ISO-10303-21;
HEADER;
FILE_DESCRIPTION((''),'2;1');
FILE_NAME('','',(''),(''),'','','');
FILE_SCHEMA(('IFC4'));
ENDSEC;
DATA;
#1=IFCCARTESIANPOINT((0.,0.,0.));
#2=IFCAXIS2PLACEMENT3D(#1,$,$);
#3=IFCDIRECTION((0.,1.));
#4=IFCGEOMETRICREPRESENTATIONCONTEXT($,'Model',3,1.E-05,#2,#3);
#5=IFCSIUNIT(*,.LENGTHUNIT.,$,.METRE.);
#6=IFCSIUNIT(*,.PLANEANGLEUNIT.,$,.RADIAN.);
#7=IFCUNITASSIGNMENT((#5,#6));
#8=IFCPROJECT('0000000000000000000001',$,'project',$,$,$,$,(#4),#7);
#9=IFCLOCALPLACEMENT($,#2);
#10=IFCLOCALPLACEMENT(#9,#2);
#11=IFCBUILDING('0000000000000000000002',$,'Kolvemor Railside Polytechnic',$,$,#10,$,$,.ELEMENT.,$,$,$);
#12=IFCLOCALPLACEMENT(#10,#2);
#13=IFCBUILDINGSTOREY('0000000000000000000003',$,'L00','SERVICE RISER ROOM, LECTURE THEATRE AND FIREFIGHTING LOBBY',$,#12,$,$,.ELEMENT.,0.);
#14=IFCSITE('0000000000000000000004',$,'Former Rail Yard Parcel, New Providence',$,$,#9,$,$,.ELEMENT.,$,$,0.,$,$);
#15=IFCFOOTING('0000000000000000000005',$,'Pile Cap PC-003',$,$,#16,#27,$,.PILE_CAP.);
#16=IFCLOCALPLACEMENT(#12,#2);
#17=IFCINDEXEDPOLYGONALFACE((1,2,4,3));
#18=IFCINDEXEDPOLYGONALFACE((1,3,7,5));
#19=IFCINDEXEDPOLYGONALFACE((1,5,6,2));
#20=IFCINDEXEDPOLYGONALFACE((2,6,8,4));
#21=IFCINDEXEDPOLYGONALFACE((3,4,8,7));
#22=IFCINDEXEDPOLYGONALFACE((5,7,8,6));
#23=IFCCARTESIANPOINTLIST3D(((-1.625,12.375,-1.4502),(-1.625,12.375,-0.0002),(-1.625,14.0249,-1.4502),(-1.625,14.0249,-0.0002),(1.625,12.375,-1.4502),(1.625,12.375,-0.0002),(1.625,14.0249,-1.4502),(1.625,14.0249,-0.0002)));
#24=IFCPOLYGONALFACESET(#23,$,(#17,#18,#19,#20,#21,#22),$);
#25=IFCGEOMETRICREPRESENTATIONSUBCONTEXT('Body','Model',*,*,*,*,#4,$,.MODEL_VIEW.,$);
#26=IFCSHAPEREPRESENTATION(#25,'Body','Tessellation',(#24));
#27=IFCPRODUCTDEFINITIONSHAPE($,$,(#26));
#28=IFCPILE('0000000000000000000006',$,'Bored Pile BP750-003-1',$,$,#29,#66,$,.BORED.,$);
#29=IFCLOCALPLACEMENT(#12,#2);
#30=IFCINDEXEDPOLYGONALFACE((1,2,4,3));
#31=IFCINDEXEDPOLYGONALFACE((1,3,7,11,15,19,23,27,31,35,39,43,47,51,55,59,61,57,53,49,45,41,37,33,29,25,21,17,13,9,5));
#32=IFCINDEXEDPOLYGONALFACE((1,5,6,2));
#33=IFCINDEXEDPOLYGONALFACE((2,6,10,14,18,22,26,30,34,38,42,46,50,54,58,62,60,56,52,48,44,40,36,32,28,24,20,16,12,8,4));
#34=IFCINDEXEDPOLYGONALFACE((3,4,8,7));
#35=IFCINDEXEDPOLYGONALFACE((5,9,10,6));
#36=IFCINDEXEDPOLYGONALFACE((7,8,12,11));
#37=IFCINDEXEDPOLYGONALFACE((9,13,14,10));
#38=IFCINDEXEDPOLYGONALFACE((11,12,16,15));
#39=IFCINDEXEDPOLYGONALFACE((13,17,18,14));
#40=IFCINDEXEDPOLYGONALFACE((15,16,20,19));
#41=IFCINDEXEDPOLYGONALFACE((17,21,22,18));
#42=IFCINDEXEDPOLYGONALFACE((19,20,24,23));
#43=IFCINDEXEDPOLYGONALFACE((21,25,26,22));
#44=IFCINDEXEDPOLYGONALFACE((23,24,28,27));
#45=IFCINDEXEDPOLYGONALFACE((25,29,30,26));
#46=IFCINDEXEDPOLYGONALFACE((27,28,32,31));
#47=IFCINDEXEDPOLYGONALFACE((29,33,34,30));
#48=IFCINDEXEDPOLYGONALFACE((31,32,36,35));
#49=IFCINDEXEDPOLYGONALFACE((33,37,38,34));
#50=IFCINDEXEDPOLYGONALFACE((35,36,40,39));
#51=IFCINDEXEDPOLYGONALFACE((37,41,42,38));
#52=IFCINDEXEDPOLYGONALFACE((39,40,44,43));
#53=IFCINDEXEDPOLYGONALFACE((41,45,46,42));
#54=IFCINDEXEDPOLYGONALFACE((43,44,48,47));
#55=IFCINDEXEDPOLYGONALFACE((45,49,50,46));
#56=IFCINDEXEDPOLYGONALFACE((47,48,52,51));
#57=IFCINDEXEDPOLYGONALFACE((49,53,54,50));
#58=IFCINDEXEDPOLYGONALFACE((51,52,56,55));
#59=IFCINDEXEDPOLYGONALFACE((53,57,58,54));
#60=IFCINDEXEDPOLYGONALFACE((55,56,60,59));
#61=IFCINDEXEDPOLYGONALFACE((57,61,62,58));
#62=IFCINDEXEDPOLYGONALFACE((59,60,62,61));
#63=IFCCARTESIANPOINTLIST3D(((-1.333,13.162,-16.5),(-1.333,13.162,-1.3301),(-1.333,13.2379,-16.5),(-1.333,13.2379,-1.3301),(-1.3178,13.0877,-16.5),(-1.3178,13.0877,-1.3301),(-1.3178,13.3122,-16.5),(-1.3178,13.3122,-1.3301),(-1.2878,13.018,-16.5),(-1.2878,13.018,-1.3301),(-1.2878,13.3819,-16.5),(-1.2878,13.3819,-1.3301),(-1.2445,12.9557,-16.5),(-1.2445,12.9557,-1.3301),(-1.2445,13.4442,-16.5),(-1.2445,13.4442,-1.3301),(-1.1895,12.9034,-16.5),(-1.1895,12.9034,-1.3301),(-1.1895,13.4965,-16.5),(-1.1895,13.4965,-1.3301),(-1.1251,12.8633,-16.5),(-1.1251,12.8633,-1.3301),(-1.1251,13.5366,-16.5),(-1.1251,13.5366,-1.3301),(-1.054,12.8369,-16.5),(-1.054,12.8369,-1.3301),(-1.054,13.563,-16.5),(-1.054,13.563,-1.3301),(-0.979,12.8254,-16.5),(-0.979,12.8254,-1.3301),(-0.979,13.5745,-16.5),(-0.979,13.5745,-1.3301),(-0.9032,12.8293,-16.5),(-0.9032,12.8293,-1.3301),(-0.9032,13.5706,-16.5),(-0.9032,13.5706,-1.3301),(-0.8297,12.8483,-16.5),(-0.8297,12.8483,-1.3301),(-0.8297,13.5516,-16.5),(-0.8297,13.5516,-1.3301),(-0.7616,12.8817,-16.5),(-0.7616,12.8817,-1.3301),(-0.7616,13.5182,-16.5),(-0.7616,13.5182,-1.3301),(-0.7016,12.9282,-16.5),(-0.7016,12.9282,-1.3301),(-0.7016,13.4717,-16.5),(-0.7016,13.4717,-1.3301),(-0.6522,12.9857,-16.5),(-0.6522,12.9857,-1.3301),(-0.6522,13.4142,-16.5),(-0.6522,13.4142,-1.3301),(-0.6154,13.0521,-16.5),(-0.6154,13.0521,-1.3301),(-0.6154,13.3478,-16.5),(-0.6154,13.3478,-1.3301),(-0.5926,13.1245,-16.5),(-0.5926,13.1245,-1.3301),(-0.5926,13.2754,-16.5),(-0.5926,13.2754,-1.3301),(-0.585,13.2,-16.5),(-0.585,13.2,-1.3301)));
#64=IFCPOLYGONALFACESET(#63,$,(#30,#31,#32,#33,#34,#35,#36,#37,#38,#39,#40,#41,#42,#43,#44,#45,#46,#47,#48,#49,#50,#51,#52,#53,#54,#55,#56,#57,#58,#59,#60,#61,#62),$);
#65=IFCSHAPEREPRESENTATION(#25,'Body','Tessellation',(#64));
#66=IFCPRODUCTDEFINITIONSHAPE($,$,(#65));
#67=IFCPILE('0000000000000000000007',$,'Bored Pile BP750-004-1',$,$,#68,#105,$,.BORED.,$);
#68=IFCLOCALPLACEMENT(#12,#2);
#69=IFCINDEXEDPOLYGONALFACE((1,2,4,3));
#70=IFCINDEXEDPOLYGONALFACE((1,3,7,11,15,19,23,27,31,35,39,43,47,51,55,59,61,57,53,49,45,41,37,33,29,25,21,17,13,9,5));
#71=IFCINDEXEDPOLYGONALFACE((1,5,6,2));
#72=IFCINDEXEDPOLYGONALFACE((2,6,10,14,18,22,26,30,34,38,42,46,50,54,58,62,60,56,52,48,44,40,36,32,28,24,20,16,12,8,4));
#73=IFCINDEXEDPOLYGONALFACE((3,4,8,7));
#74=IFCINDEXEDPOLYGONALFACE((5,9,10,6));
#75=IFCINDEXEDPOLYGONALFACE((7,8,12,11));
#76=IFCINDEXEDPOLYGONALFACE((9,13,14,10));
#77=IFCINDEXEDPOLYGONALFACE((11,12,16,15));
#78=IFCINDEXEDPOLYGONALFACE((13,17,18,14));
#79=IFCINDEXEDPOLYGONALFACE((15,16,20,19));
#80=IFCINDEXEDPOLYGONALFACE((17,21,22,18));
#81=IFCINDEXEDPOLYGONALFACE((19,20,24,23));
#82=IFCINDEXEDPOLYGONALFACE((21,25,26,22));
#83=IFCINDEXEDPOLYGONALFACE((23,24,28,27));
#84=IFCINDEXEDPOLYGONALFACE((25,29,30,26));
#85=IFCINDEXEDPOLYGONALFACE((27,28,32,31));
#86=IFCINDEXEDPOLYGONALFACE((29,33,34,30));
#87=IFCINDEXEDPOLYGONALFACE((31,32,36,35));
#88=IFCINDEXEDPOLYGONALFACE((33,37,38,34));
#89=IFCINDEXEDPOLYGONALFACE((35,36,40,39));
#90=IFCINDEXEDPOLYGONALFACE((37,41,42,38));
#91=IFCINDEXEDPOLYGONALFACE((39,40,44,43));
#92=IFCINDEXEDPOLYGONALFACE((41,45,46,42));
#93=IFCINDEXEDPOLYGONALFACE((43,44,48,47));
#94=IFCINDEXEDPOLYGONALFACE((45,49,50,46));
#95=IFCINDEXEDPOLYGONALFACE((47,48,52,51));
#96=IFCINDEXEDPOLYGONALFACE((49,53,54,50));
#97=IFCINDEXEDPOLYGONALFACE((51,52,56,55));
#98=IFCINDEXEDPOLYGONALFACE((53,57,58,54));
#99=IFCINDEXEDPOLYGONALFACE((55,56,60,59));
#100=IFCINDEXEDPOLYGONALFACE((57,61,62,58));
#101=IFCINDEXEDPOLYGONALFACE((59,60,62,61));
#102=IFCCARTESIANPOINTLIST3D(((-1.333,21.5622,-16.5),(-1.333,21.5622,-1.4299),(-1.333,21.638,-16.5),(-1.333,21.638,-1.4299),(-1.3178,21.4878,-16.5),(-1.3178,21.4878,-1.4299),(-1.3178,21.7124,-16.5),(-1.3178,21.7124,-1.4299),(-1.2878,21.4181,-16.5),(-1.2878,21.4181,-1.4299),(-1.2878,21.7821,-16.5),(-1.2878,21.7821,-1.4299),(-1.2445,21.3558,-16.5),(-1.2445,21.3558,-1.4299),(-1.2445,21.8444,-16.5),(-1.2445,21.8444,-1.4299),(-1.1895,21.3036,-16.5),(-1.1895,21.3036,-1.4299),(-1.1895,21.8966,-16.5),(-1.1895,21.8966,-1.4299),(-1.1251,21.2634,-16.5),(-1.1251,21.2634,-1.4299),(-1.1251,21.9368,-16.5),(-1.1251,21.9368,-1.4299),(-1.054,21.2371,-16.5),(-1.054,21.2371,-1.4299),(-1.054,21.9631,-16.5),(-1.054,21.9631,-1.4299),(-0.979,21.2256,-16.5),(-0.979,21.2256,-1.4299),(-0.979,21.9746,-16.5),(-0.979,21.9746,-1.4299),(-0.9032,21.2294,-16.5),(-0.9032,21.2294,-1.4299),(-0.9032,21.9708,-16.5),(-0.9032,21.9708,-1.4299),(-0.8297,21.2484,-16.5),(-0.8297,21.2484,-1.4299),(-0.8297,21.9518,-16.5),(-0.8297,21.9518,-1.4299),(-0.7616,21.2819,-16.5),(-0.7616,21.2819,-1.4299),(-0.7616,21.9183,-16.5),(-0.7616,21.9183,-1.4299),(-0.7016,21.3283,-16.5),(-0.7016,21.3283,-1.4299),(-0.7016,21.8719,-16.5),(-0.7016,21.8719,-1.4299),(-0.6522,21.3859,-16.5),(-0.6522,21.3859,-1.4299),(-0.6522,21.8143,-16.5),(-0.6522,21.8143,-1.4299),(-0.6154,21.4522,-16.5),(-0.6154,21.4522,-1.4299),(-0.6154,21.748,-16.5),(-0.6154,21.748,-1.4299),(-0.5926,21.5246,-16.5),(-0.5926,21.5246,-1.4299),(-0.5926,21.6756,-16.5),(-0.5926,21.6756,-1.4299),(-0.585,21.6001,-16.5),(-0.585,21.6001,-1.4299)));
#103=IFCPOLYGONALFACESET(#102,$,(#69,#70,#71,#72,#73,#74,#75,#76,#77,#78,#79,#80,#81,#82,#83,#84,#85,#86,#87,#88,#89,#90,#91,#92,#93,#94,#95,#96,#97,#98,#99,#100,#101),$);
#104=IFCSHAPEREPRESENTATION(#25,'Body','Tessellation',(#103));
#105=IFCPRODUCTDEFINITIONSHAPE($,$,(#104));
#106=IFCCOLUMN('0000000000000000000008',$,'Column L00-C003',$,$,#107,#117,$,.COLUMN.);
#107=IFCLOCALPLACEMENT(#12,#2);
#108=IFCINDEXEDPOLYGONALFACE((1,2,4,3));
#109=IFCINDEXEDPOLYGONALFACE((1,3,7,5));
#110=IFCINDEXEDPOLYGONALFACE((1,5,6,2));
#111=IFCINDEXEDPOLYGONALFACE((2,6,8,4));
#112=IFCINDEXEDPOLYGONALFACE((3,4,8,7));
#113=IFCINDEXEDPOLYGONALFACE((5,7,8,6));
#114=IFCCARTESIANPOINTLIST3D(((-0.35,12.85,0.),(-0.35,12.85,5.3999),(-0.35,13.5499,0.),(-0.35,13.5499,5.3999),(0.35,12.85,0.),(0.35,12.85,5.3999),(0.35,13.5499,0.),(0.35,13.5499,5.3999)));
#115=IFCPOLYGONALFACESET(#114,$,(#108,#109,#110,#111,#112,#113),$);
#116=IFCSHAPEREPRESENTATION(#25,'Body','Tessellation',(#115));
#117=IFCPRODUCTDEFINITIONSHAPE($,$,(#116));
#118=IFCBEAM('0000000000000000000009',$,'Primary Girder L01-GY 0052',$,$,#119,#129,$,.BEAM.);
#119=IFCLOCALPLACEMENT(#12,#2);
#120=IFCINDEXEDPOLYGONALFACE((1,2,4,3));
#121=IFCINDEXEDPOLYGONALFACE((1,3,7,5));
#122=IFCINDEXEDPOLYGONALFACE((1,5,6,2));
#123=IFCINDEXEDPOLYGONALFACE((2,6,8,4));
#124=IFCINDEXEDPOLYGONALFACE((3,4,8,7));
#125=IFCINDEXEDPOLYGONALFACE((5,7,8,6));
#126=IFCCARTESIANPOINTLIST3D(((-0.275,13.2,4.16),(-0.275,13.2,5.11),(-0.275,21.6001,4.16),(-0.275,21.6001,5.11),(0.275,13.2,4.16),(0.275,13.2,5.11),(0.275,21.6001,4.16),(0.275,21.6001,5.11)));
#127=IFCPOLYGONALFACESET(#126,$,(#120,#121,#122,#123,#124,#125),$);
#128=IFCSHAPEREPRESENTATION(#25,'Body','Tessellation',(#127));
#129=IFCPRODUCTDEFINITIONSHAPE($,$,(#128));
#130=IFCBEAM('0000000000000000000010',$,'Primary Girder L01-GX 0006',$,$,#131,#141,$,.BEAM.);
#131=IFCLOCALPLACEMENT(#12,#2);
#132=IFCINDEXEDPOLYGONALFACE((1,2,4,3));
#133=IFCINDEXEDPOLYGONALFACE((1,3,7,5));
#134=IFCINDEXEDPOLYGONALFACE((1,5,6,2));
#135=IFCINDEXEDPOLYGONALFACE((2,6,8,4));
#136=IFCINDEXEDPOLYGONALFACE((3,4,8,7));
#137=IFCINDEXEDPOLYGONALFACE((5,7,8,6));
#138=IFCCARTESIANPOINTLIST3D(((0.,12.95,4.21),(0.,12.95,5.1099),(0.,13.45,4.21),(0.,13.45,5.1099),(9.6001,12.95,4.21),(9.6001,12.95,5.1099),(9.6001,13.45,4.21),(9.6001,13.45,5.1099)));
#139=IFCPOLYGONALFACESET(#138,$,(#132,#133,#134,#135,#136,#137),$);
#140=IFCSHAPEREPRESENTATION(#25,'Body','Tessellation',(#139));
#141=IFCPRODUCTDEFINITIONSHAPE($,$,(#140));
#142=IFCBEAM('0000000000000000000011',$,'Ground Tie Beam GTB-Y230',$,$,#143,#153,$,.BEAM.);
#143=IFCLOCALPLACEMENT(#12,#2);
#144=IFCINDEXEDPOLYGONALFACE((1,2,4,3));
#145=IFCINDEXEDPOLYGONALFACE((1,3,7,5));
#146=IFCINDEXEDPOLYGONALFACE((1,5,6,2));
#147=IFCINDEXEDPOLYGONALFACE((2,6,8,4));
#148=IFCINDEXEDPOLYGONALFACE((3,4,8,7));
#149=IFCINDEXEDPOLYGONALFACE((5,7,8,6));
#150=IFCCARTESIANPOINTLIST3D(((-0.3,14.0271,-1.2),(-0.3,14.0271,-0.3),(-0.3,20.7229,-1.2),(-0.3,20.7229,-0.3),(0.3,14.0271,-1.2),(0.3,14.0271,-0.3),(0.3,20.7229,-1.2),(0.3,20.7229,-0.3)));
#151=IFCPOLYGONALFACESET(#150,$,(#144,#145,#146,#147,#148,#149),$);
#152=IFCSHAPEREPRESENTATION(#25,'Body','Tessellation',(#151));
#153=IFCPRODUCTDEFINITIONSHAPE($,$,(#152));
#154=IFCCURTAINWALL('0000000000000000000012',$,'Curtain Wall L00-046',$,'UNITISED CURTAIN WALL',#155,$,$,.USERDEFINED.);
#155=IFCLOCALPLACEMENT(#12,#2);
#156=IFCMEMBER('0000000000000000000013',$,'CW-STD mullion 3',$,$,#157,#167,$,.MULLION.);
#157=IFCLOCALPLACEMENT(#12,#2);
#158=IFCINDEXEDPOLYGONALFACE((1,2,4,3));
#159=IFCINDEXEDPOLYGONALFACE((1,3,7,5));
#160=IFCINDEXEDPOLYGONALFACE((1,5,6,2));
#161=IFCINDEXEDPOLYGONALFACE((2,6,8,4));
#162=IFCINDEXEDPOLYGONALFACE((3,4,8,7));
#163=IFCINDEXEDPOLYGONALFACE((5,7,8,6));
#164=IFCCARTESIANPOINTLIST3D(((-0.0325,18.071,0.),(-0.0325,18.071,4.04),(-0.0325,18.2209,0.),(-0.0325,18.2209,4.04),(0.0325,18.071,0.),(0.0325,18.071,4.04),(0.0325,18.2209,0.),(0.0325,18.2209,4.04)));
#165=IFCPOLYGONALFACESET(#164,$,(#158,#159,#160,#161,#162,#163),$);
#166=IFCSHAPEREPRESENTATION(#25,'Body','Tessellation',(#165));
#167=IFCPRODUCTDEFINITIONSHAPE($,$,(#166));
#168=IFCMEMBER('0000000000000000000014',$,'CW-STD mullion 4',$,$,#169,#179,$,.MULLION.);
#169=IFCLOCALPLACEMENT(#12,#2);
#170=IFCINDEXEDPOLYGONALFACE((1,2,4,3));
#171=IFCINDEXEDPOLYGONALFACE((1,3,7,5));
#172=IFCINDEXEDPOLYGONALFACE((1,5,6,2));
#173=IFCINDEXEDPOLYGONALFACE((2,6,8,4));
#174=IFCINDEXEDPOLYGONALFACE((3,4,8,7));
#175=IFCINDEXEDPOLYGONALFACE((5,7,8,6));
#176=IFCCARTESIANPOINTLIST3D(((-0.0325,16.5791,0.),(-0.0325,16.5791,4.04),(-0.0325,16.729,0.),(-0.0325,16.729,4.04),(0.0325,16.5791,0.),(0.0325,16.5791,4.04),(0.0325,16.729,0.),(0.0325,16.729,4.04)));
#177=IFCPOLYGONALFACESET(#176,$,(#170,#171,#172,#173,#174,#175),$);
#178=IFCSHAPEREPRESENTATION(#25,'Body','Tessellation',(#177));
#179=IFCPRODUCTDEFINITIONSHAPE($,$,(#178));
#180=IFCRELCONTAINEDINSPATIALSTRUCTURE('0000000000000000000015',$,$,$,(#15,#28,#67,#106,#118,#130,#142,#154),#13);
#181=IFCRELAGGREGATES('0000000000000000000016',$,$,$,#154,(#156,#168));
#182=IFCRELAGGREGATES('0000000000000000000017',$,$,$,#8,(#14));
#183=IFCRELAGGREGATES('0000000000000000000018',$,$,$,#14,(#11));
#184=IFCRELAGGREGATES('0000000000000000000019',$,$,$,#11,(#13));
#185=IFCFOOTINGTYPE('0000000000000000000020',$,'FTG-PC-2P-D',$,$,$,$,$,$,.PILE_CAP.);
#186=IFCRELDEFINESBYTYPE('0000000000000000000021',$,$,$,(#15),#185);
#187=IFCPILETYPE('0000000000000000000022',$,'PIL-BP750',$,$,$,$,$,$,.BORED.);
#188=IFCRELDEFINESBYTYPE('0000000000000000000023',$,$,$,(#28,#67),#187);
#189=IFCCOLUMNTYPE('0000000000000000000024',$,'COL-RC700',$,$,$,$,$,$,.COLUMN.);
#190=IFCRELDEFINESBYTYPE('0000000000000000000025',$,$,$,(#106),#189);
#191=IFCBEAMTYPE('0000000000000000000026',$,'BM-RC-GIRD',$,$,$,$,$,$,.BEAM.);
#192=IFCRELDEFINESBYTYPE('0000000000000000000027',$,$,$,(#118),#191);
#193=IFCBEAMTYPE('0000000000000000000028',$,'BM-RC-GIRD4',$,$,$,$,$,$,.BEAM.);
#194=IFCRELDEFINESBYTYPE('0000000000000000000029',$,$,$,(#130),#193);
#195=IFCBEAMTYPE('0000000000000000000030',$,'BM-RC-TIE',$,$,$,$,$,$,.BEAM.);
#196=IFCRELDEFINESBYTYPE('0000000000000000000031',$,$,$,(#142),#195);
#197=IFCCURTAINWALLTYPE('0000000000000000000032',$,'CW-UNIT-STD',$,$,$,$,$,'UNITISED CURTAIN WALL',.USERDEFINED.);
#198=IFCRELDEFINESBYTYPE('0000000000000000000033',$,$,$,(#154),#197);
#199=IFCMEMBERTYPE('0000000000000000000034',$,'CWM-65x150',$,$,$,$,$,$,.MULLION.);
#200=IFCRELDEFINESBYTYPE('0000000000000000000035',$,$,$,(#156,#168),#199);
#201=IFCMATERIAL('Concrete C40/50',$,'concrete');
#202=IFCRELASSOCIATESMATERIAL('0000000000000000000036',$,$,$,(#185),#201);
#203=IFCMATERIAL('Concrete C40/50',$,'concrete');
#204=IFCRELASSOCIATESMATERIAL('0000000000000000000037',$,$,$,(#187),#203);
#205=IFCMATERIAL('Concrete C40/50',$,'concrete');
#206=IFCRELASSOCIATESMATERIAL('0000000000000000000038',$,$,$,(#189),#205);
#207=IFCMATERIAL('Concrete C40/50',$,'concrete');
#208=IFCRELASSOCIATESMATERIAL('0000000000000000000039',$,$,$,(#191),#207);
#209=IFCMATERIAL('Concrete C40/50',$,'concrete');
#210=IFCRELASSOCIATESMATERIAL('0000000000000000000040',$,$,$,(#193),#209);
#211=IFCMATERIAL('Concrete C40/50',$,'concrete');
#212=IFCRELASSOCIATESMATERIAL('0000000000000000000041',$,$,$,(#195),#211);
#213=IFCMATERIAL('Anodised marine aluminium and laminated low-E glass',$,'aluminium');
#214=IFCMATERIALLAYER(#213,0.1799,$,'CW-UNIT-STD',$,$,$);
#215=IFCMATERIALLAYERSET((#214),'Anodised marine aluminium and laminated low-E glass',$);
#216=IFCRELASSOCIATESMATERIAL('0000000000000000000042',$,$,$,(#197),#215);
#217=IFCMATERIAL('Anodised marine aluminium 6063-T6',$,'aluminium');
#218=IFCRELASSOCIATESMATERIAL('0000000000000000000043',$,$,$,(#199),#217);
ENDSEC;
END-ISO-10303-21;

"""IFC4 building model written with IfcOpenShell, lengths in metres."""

from ifc_helpers import new_model, si_unit, direction, frame, origin, origin_2d, place, context, subcontext, project, spatial, rectangle, circle, extrude, material, layer, layer_set, material_profile, profile_set, type_object, element, aggregate, save


model = new_model("IFC4")

# Units and contexts
model_context = context("Model", 3, precision=1e-05, world=origin(), true_north=direction((0.0, 1.0)))
body_context = subcontext(model_context, "Body", "Model", "MODEL_VIEW")
ifc_project = project(units=[si_unit("LENGTHUNIT", "METRE"), si_unit("PLANEANGLEUNIT", "RADIAN")], contexts=[model_context])

# Site, building, storey
site_placement = place(None, origin())
site = spatial("IfcSite", under=ifc_project, at=site_placement, Name="Former Rail Yard Parcel, New Providence", CompositionType="ELEMENT", RefElevation=0.0)
building_placement = place(site_placement, origin())
building = spatial("IfcBuilding", under=site, at=building_placement, Name="Kolvemor Railside Polytechnic", CompositionType="ELEMENT")
storey_placement = place(building_placement, origin())
storey = spatial("IfcBuildingStorey", under=building, at=storey_placement, Name="L00", Description="SERVICE RISER ROOM, LECTURE THEATRE AND FIREFIGHTING LOBBY", CompositionType="ELEMENT", Elevation=0.0)

# Footing
ifc_material_1 = material(Name="Concrete C40/50", Category="concrete")
footing_type = type_object("IfcFootingType", Name="FTG-PC-2P-D", PredefinedType="PILE_CAP", material=ifc_material_1)
footing_placement = place(storey_placement, frame((0.0, 13.2, -1.4502), z_axis=(0.0, 0.0, 1.0), x_axis=(1.0, 0.0, 0.0)))
element("IfcFooting", 1, at=footing_placement, inside=storey, type_object=footing_type, Name="Pile Cap PC-003", PredefinedType="PILE_CAP", context=body_context, shape_type="SweptSolid", body=[
    extrude(rectangle(XDim=3.25, YDim=1.6499, at=origin_2d()), origin(), (0.0, 0.0, 1.0), 1.45),
])

# Piles
ifc_material_2 = material(Name="Concrete C40/50", Category="concrete")
ifc_material_profile_1 = material_profile(ifc_material_2, circle(Radius=0.375, at=origin_2d()), Name="BP750")
ifc_profile_set_1 = profile_set([ifc_material_profile_1], Name="Concrete C40/50")
pile_type = type_object("IfcPileType", Name="PIL-BP750", PredefinedType="BORED", material=ifc_profile_set_1)
pile_1_placement = place(storey_placement, frame((-0.96, 13.2, -1.3301), z_axis=(0.0, 0.0, -1.0), x_axis=(1.0, 0.0, 0.0)))
element("IfcPile", 2, at=pile_1_placement, inside=storey, type_object=pile_type, Name="Bored Pile BP750-003-1", PredefinedType="BORED", context=body_context, shape_type="SweptSolid", body=[
    extrude(circle(Radius=0.375, at=origin_2d()), origin(), (0.0, 0.0, 1.0), 15.1699),
])
pile_2_placement = place(storey_placement, frame((-0.96, 21.6001, -1.4299), z_axis=(0.0, 0.0, -1.0), x_axis=(1.0, 0.0, 0.0)))
element("IfcPile", 3, at=pile_2_placement, inside=storey, type_object=pile_type, Name="Bored Pile BP750-004-1", PredefinedType="BORED", context=body_context, shape_type="SweptSolid", body=[
    extrude(circle(Radius=0.375, at=origin_2d()), origin(), (0.0, 0.0, 1.0), 15.0701),
])

# Column
ifc_material_3 = material(Name="Concrete C40/50", Category="concrete")
ifc_material_profile_2 = material_profile(ifc_material_3, rectangle(XDim=0.7, YDim=0.7, at=origin_2d()), Name="RC700x700")
ifc_profile_set_2 = profile_set([ifc_material_profile_2], Name="Concrete C40/50")
column_type = type_object("IfcColumnType", Name="COL-RC700", PredefinedType="COLUMN", material=ifc_profile_set_2)
column_placement = place(storey_placement, frame((0.0, 13.2, 0.0), z_axis=(0.0, 0.0, 1.0), x_axis=(1.0, 0.0, 0.0)))
element("IfcColumn", 4, at=column_placement, inside=storey, type_object=column_type, Name="Column L00-C003", PredefinedType="COLUMN", context=body_context, shape_type="SweptSolid", body=[
    extrude(rectangle(XDim=0.7, YDim=0.7, at=origin_2d()), origin(), (0.0, 0.0, 1.0), 5.3999),
])

# Beams
ifc_material_4 = material(Name="Concrete C40/50", Category="concrete")
ifc_material_profile_3 = material_profile(ifc_material_4, rectangle(XDim=0.55, YDim=0.95, at=origin_2d()), Name="RC550x950")
ifc_profile_set_3 = profile_set([ifc_material_profile_3], Name="Concrete C40/50")
beam_type_1 = type_object("IfcBeamType", Name="BM-RC-GIRD", PredefinedType="BEAM", material=ifc_profile_set_3)
beam_1_placement = place(storey_placement, frame((0.0, 13.2, 4.635), z_axis=(0.0, 1.0, 0.0), x_axis=(-1.0, 0.0, 0.0)))
element("IfcBeam", 5, at=beam_1_placement, inside=storey, type_object=beam_type_1, Name="Primary Girder L01-GY 0052", PredefinedType="BEAM", context=body_context, shape_type="SweptSolid", body=[
    extrude(rectangle(XDim=0.55, YDim=0.95, at=origin_2d()), origin(), (0.0, 0.0, 1.0), 8.4001),
])
ifc_material_5 = material(Name="Concrete C40/50", Category="concrete")
ifc_material_profile_4 = material_profile(ifc_material_5, rectangle(XDim=0.5, YDim=0.8999, at=origin_2d()), Name="RC500x900")
ifc_profile_set_4 = profile_set([ifc_material_profile_4], Name="Concrete C40/50")
beam_type_2 = type_object("IfcBeamType", Name="BM-RC-GIRD4", PredefinedType="BEAM", material=ifc_profile_set_4)
beam_2_placement = place(storey_placement, frame((0.0, 13.2, 4.6599), z_axis=(1.0, 0.0, 0.0), x_axis=(0.0, 1.0, 0.0)))
element("IfcBeam", 6, at=beam_2_placement, inside=storey, type_object=beam_type_2, Name="Primary Girder L01-GX 0006", PredefinedType="BEAM", context=body_context, shape_type="SweptSolid", body=[
    extrude(rectangle(XDim=0.5, YDim=0.8999, at=origin_2d()), origin(), (0.0, 0.0, 1.0), 9.6001),
])
ifc_material_6 = material(Name="Concrete C40/50", Category="concrete")
ifc_material_profile_5 = material_profile(ifc_material_6, rectangle(XDim=0.6001, YDim=0.8999, at=origin_2d()), Name="RC600x900")
ifc_profile_set_5 = profile_set([ifc_material_profile_5], Name="Concrete C40/50")
beam_type_3 = type_object("IfcBeamType", Name="BM-RC-TIE", PredefinedType="BEAM", material=ifc_profile_set_5)
beam_3_placement = place(storey_placement, frame((0.0, 14.0271, -0.75), z_axis=(0.0, 1.0, 0.0), x_axis=(-1.0, 0.0, 0.0)))
element("IfcBeam", 7, at=beam_3_placement, inside=storey, type_object=beam_type_3, Name="Ground Tie Beam GTB-Y230", PredefinedType="BEAM", context=body_context, shape_type="SweptSolid", body=[
    extrude(rectangle(XDim=0.6001, YDim=0.8999, at=origin_2d()), origin(), (0.0, 0.0, 1.0), 6.6958),
])

# Curtain wall, members
ifc_material_7 = material(Name="Anodised marine aluminium and laminated low-E glass", Category="aluminium")
ifc_layer_1 = layer(ifc_material_7, 0.1799, Name="CW-UNIT-STD")
ifc_layer_set_1 = layer_set([ifc_layer_1], Name="Anodised marine aluminium and laminated low-E glass")
curtain_wall_type = type_object("IfcCurtainWallType", Name="CW-UNIT-STD", ElementType="UNITISED CURTAIN WALL", PredefinedType="USERDEFINED", material=ifc_layer_set_1)
curtain_wall_placement = place(storey_placement, origin())
curtain_wall = element("IfcCurtainWall", 8, at=curtain_wall_placement, inside=storey, type_object=curtain_wall_type, Name="Curtain Wall L00-046", ObjectType="UNITISED CURTAIN WALL", PredefinedType="USERDEFINED")
ifc_material_8 = material(Name="Anodised marine aluminium 6063-T6", Category="aluminium")
ifc_material_profile_6 = material_profile(ifc_material_8, rectangle(XDim=0.0649, YDim=0.1499, at=origin_2d()), Name="CW-MUL-65x150")
ifc_profile_set_6 = profile_set([ifc_material_profile_6], Name="Anodised marine aluminium 6063-T6")
member_type_1 = type_object("IfcMemberType", Name="CWM-65x150", PredefinedType="MULLION", material=ifc_profile_set_6)
member_1_placement = place(storey_placement, frame((0.0, 18.146, 0.0), z_axis=(0.0, 0.0, 1.0), x_axis=(1.0, 0.0, 0.0)))
member_1 = element("IfcMember", 9, at=member_1_placement, type_object=member_type_1, Name="CW-STD mullion 3", PredefinedType="MULLION", context=body_context, shape_type="SweptSolid", body=[
    extrude(rectangle(XDim=0.0649, YDim=0.1499, at=origin_2d()), origin(), (0.0, 0.0, 1.0), 4.04),
])
member_2_placement = place(storey_placement, frame((0.0, 16.6541, 0.0), z_axis=(0.0, 0.0, 1.0), x_axis=(1.0, 0.0, 0.0)))
member_2 = element("IfcMember", 10, at=member_2_placement, type_object=member_type_1, Name="CW-STD mullion 4", PredefinedType="MULLION", context=body_context, shape_type="SweptSolid", body=[
    extrude(rectangle(XDim=0.0649, YDim=0.1499, at=origin_2d()), origin(), (0.0, 0.0, 1.0), 4.04),
])
aggregate(curtain_wall, [member_1, member_2])

save(model, "model.ifc")
